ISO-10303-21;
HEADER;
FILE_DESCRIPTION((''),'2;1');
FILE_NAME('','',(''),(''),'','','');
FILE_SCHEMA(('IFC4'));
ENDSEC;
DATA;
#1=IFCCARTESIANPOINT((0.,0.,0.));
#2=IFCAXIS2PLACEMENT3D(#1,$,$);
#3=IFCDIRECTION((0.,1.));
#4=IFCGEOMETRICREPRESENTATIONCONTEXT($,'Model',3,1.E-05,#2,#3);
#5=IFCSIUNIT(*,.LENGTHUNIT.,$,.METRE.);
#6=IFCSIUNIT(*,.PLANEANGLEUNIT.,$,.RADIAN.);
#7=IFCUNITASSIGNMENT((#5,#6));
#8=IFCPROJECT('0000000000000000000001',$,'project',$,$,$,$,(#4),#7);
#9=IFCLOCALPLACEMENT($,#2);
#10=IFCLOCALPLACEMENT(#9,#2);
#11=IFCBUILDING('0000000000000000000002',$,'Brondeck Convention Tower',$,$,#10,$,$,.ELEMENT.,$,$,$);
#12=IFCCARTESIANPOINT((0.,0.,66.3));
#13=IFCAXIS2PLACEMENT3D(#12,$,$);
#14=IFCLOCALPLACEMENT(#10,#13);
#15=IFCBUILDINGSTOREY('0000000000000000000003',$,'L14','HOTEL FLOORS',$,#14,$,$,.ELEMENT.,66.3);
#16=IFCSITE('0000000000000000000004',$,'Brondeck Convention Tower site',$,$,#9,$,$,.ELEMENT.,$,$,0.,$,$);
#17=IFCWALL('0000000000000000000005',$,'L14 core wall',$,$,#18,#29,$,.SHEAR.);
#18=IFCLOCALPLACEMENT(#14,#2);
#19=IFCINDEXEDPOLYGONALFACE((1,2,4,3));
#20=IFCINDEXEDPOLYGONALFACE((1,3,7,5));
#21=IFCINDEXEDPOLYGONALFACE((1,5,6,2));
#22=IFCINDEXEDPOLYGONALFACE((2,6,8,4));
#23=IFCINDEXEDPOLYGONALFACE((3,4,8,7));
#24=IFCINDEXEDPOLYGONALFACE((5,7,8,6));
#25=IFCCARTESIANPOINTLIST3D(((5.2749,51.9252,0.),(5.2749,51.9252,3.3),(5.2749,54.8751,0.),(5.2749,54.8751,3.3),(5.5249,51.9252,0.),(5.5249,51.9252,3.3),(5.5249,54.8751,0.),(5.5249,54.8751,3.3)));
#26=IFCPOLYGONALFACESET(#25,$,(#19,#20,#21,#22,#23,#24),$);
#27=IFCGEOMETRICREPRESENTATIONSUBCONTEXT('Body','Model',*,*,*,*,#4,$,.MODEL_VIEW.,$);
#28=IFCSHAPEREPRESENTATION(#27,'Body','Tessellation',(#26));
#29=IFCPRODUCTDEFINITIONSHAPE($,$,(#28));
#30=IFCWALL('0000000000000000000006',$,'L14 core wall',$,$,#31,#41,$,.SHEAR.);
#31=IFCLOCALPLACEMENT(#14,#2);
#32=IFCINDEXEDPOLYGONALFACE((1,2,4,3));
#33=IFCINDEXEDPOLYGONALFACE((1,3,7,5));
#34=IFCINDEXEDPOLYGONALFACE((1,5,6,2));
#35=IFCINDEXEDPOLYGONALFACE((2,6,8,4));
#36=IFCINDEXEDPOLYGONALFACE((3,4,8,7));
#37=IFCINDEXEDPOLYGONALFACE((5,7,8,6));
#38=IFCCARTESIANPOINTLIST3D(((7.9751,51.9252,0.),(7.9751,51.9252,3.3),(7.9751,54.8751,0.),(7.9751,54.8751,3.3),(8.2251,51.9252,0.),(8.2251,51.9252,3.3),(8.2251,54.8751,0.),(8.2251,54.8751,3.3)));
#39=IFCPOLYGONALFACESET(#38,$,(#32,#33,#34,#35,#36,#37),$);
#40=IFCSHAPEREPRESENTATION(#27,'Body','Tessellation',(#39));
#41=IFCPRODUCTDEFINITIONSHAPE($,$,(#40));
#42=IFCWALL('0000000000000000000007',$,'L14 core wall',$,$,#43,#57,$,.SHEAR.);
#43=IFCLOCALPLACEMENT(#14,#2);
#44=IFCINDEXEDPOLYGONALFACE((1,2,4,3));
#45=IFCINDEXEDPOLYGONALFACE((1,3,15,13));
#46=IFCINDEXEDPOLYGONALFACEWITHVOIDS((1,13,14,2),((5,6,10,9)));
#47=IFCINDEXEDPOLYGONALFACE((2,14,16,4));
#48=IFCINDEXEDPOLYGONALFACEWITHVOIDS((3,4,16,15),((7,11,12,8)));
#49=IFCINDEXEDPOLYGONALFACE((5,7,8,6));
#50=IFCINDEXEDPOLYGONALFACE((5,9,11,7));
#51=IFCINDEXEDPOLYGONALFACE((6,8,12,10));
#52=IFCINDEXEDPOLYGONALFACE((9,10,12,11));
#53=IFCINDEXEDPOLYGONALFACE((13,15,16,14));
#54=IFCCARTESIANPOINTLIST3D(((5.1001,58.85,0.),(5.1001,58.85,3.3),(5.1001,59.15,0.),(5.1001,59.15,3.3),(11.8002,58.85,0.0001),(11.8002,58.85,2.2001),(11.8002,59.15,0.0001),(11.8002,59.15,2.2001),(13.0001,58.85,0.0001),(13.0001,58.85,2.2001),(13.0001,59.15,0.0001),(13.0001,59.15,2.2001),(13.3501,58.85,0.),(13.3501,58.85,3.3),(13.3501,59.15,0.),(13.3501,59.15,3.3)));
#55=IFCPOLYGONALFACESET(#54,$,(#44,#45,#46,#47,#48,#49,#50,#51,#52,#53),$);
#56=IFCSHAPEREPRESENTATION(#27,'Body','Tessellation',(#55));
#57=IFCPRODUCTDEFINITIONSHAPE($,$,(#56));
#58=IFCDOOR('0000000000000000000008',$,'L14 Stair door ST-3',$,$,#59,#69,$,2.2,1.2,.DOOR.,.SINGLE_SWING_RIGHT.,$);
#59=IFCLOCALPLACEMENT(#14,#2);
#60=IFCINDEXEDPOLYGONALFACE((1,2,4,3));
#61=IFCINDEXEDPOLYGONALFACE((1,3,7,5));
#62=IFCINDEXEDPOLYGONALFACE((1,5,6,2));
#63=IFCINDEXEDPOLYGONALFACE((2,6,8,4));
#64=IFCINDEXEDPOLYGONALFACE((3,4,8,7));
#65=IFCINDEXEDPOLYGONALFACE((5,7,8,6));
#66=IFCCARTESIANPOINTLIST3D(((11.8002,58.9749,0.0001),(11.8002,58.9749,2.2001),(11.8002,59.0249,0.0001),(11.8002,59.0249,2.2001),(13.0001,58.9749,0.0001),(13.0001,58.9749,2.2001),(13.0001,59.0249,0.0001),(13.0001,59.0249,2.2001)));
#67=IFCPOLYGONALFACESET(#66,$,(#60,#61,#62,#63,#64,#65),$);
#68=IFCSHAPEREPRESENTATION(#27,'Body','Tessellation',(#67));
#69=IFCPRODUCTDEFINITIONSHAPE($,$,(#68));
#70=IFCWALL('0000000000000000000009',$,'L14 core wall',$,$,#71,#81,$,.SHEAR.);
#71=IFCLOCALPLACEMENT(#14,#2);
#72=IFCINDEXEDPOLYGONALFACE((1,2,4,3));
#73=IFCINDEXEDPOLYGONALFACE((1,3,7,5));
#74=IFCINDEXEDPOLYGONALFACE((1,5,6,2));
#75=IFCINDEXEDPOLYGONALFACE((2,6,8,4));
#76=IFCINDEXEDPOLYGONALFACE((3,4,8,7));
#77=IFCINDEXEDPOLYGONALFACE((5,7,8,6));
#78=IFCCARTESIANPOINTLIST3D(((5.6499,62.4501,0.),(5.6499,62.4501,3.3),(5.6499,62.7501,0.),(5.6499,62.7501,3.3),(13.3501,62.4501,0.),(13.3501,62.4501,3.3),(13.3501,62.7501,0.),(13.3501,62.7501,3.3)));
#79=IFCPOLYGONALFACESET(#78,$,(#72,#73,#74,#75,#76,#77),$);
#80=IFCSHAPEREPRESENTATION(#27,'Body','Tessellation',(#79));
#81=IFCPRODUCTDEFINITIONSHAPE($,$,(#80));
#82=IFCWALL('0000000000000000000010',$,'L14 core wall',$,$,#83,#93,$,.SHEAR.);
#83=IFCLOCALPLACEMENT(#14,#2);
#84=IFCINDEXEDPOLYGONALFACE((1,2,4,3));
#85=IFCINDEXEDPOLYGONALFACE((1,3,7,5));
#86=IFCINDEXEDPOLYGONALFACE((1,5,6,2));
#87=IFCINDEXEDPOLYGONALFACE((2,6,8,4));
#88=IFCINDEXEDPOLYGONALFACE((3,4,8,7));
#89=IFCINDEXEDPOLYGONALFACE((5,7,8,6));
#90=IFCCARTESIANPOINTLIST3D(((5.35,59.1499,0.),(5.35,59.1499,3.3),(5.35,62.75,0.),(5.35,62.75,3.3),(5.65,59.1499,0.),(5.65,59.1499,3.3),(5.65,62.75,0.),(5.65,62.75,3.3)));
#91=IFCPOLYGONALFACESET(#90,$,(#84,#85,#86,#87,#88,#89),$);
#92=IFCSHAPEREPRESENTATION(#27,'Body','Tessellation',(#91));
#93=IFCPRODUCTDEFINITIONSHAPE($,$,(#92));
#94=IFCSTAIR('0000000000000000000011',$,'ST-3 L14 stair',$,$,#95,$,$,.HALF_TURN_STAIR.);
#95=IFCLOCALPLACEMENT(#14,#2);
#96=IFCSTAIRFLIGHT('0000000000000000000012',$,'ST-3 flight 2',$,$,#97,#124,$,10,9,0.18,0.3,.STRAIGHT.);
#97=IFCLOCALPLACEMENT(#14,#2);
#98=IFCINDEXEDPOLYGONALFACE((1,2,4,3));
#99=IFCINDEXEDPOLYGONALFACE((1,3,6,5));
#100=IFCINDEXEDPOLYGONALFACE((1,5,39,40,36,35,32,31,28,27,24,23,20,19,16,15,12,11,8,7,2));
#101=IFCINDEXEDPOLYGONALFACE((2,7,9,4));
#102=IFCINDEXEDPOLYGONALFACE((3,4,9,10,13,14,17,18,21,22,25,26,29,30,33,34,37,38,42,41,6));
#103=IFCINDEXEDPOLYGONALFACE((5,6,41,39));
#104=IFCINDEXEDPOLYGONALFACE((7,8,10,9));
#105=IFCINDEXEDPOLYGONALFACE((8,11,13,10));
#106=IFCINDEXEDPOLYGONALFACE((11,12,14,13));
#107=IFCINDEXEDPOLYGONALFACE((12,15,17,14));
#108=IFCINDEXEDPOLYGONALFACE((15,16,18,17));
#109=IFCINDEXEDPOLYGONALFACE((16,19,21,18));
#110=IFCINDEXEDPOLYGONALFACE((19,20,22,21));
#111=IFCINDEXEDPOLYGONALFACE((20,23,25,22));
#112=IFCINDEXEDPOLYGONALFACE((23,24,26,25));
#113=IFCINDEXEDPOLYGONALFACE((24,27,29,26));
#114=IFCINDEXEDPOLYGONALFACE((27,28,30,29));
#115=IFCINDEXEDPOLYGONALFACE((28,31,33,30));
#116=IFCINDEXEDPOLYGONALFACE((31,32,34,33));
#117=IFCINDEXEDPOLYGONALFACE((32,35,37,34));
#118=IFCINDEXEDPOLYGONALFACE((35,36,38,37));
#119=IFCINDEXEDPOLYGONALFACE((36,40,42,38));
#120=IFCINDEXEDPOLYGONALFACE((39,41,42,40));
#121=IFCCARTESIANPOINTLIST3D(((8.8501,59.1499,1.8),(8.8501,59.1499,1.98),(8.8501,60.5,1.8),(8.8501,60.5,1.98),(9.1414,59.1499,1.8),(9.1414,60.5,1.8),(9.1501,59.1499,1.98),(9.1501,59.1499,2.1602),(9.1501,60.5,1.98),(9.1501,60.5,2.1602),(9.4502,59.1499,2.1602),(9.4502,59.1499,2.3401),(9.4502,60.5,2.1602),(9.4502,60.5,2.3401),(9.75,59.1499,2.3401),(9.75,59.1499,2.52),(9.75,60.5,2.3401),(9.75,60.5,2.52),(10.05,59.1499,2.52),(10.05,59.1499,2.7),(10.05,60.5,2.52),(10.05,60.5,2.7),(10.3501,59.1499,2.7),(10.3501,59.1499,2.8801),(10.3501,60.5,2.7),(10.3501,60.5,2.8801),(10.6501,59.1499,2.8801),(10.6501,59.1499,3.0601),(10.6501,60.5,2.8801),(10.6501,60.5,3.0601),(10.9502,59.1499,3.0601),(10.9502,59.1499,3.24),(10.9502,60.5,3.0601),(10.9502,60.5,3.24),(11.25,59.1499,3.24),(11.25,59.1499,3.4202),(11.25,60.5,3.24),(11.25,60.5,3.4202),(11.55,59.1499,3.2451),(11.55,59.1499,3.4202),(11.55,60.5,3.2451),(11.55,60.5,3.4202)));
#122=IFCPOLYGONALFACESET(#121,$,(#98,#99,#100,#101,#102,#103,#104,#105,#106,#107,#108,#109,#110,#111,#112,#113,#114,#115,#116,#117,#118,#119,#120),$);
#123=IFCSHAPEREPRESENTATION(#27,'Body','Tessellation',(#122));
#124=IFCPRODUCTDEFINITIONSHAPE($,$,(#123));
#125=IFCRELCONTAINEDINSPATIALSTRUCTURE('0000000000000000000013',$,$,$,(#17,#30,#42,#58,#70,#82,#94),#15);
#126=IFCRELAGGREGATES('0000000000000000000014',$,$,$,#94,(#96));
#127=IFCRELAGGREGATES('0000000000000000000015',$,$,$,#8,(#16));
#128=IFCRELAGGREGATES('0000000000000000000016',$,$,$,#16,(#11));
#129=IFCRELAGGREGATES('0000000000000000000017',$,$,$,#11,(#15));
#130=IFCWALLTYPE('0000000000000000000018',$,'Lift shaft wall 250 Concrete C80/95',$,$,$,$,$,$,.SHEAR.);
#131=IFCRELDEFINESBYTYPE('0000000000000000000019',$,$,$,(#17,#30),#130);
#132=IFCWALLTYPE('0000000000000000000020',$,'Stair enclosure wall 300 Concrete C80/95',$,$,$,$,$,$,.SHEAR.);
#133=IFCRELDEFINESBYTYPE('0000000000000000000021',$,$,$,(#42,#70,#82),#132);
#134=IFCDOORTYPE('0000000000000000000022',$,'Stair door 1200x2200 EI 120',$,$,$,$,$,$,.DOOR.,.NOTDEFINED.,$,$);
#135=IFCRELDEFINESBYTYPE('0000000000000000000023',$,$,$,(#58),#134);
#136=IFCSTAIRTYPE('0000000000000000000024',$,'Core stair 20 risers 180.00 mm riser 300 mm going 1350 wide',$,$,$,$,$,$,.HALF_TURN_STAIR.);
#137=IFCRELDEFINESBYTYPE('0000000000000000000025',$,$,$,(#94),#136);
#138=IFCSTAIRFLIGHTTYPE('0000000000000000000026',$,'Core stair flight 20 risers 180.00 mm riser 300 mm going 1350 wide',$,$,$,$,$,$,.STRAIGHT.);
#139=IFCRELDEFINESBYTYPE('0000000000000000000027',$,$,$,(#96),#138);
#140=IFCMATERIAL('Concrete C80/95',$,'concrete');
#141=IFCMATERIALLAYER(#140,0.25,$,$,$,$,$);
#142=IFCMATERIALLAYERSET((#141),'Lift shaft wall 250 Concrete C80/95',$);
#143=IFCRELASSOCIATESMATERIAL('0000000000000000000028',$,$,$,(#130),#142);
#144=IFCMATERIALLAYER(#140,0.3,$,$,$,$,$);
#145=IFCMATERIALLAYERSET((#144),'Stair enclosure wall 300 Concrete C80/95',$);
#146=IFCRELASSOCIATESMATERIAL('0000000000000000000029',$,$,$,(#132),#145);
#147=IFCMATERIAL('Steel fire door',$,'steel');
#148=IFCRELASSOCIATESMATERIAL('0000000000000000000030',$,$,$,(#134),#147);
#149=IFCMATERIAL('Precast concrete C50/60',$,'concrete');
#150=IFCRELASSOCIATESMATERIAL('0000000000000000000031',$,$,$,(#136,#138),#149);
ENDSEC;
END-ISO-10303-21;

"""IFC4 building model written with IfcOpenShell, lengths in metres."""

from ifc_helpers import new_model, si_unit, direction, frame, frame_2d, origin, place, context, subcontext, project, spatial, polyline, rectangle, outline, extrude, material, layer, layer_set, type_object, element, fill, aggregate, save


model = new_model("IFC4")

# Units and contexts
model_context = context("Model", 3, precision=1e-05, world=origin(), true_north=direction((0.0, 1.0)))
body_context = subcontext(model_context, "Body", "Model", "MODEL_VIEW")
ifc_project = project(units=[si_unit("LENGTHUNIT", "METRE"), si_unit("PLANEANGLEUNIT", "RADIAN")], contexts=[model_context])

# Site, building, storey
site_placement = place(None, origin())
site = spatial("IfcSite", under=ifc_project, at=site_placement, Name="Brondeck Convention Tower site", CompositionType="ELEMENT", RefElevation=0.0)
building_placement = place(site_placement, origin())
building = spatial("IfcBuilding", under=site, at=building_placement, Name="Brondeck Convention Tower", CompositionType="ELEMENT")
storey_placement = place(building_placement, frame((0.0, 0.0, 66.3)))
storey = spatial("IfcBuildingStorey", under=building, at=storey_placement, Name="L14", Description="HOTEL FLOORS", CompositionType="ELEMENT", Elevation=66.3)

# Shared definitions
ifc_material_1 = material(Name="Concrete C80/95", Category="concrete")

# Shared definitions
ifc_material_2 = material(Name="Steel fire door", Category="steel")

# Shared definitions
ifc_layer_1 = layer(ifc_material_1, 0.25)
ifc_layer_set_1 = layer_set([ifc_layer_1], Name="Lift shaft wall 250 Concrete C80/95")
wall_type_1 = type_object("IfcWallType", Name="Lift shaft wall 250 Concrete C80/95", PredefinedType="SHEAR", material=ifc_layer_set_1)

# Walls
for number, where, z_axis, x_axis, name in (
    (1, (5.3999, 51.925, 0.0), (0.0, 0.0, 1.0), (0.0, 1.0, 0.0), "L14 core wall"),
    (2, (8.1001, 51.925, 0.0), (0.0, 0.0, 1.0), (0.0, 1.0, 0.0), "L14 core wall"),
):
    element("IfcWall", number, at=place(storey_placement, frame(where, z_axis=z_axis, x_axis=x_axis)), inside=storey, type_object=wall_type_1, Name=name, PredefinedType="SHEAR", context=body_context, shape_type="SweptSolid", body=[
        extrude(rectangle(XDim=2.95, YDim=0.25, at=frame_2d((1.4751, 0.0))), origin(), (0.0, 0.0, 1.0), 3.3),
    ])

# Wall, opening, door
ifc_layer_2 = layer(ifc_material_1, 0.3)
ifc_layer_set_2 = layer_set([ifc_layer_2], Name="Stair enclosure wall 300 Concrete C80/95")
wall_type_2 = type_object("IfcWallType", Name="Stair enclosure wall 300 Concrete C80/95", PredefinedType="SHEAR", material=ifc_layer_set_2)
wall_1_placement = place(storey_placement, frame((5.1001, 59.0, 0.0), z_axis=(0.0, 0.0, 1.0), x_axis=(1.0, 0.0, 0.0)))
wall_1 = element("IfcWall", 3, at=wall_1_placement, inside=storey, type_object=wall_type_2, Name="L14 core wall", PredefinedType="SHEAR", context=body_context, shape_type="SweptSolid", body=[
    extrude(rectangle(XDim=8.25, YDim=0.3, at=frame_2d((4.125, 0.0))), origin(), (0.0, 0.0, 1.0), 3.3),
])
opening_1_placement = place(wall_1_placement, frame((6.7, 0.0, 0.0)))
opening_1 = element("IfcOpeningElement", 4, at=opening_1_placement, cuts=wall_1, PredefinedType="OPENING", context=body_context, shape_type="SweptSolid", body=[
    extrude(rectangle(XDim=1.2, YDim=2.2, at=frame_2d((0.6001, 1.1001))), frame((0.0, 0.1599, 0.0), z_axis=(0.0, -1.0, 0.0), x_axis=(1.0, 0.0, 0.0)), (0.0, 0.0, 1.0), 0.3201),
])
door_type_1 = type_object("IfcDoorType", Name="Stair door 1200x2200 EI 120", OperationType="NOTDEFINED", PredefinedType="DOOR", material=ifc_material_2)
door_1_placement = place(opening_1_placement, origin())
door_1 = element("IfcDoor", 5, at=door_1_placement, inside=storey, type_object=door_type_1, Name="L14 Stair door ST-3", OperationType="SINGLE_SWING_RIGHT", OverallHeight=2.2, OverallWidth=1.2, PredefinedType="DOOR", context=body_context, shape_type="SweptSolid", body=[
    extrude(rectangle(XDim=1.2, YDim=2.2, at=frame_2d((0.6001, 1.1001))), frame((0.0, 0.0249, 0.0), z_axis=(0.0, -1.0, 0.0), x_axis=(1.0, 0.0, 0.0)), (0.0, 0.0, 1.0), 0.05),
])
fill(opening_1, door_1)

# Walls
wall_2_placement = place(storey_placement, frame((5.6499, 62.6001, 0.0), z_axis=(0.0, 0.0, 1.0), x_axis=(1.0, 0.0, 0.0)))
element("IfcWall", 6, at=wall_2_placement, inside=storey, type_object=wall_type_2, Name="L14 core wall", PredefinedType="SHEAR", context=body_context, shape_type="SweptSolid", body=[
    extrude(rectangle(XDim=7.7002, YDim=0.3, at=frame_2d((3.8501, 0.0))), origin(), (0.0, 0.0, 1.0), 3.3),
])
wall_3_placement = place(storey_placement, frame((5.5, 59.1499, 0.0), z_axis=(0.0, 0.0, 1.0), x_axis=(0.0, 1.0, 0.0)))
element("IfcWall", 7, at=wall_3_placement, inside=storey, type_object=wall_type_2, Name="L14 core wall", PredefinedType="SHEAR", context=body_context, shape_type="SweptSolid", body=[
    extrude(rectangle(XDim=3.6001, YDim=0.3, at=frame_2d((1.8, 0.0))), origin(), (0.0, 0.0, 1.0), 3.3),
])

# Stair, stair flight
ifc_material_3 = material(Name="Precast concrete C50/60", Category="concrete")
stair_type = type_object("IfcStairType", Name="Core stair 20 risers 180.00 mm riser 300 mm going 1350 wide", PredefinedType="HALF_TURN_STAIR", material=ifc_material_3)
stair_placement = place(storey_placement, origin())
stair = element("IfcStair", 8, at=stair_placement, inside=storey, type_object=stair_type, Name="ST-3 L14 stair", PredefinedType="HALF_TURN_STAIR")
stair_flight_type = type_object("IfcStairFlightType", Name="Core stair flight 20 risers 180.00 mm riser 300 mm going 1350 wide", PredefinedType="STRAIGHT", material=ifc_material_3)
stair_flight_placement = place(storey_placement, frame((8.8501, 59.825, 1.8), z_axis=(0.0, 0.0, 1.0), x_axis=(1.0, 0.0, 0.0)))
stair_flight = element("IfcStairFlight", 9, at=stair_flight_placement, type_object=stair_flight_type, Name="ST-3 flight 2", NumberOfRisers=10, NumberOfTreads=9, PredefinedType="STRAIGHT", RiserHeight=0.18, TreadLength=0.3, context=body_context, shape_type="SweptSolid", body=[
    extrude(outline(polyline([(0.0, 0.0), (0.0, 0.1799), (0.3, 0.1799), (0.3, 0.3601), (0.6001, 0.3601), (0.6001, 0.54), (0.8999, 0.54), (0.8999, 0.72), (1.2, 0.72), (1.2, 0.8999), (1.5, 0.8999), (1.5, 1.0801), (1.8, 1.0801), (1.8, 1.26), (2.1001, 1.26), (2.1001, 1.4399), (2.3999, 1.4399), (2.3999, 1.6201), (2.7, 1.6201), (2.7, 1.8), (2.7, 1.4451), (0.2913, 0.0), (0.0, 0.0)])), frame((0.0, 0.675, 0.0), z_axis=(0.0, -1.0, 0.0), x_axis=(1.0, 0.0, 0.0)), (0.0, 0.0, 1.0), 1.3501),
])
aggregate(stair, [stair_flight])

save(model, "model.ifc")
